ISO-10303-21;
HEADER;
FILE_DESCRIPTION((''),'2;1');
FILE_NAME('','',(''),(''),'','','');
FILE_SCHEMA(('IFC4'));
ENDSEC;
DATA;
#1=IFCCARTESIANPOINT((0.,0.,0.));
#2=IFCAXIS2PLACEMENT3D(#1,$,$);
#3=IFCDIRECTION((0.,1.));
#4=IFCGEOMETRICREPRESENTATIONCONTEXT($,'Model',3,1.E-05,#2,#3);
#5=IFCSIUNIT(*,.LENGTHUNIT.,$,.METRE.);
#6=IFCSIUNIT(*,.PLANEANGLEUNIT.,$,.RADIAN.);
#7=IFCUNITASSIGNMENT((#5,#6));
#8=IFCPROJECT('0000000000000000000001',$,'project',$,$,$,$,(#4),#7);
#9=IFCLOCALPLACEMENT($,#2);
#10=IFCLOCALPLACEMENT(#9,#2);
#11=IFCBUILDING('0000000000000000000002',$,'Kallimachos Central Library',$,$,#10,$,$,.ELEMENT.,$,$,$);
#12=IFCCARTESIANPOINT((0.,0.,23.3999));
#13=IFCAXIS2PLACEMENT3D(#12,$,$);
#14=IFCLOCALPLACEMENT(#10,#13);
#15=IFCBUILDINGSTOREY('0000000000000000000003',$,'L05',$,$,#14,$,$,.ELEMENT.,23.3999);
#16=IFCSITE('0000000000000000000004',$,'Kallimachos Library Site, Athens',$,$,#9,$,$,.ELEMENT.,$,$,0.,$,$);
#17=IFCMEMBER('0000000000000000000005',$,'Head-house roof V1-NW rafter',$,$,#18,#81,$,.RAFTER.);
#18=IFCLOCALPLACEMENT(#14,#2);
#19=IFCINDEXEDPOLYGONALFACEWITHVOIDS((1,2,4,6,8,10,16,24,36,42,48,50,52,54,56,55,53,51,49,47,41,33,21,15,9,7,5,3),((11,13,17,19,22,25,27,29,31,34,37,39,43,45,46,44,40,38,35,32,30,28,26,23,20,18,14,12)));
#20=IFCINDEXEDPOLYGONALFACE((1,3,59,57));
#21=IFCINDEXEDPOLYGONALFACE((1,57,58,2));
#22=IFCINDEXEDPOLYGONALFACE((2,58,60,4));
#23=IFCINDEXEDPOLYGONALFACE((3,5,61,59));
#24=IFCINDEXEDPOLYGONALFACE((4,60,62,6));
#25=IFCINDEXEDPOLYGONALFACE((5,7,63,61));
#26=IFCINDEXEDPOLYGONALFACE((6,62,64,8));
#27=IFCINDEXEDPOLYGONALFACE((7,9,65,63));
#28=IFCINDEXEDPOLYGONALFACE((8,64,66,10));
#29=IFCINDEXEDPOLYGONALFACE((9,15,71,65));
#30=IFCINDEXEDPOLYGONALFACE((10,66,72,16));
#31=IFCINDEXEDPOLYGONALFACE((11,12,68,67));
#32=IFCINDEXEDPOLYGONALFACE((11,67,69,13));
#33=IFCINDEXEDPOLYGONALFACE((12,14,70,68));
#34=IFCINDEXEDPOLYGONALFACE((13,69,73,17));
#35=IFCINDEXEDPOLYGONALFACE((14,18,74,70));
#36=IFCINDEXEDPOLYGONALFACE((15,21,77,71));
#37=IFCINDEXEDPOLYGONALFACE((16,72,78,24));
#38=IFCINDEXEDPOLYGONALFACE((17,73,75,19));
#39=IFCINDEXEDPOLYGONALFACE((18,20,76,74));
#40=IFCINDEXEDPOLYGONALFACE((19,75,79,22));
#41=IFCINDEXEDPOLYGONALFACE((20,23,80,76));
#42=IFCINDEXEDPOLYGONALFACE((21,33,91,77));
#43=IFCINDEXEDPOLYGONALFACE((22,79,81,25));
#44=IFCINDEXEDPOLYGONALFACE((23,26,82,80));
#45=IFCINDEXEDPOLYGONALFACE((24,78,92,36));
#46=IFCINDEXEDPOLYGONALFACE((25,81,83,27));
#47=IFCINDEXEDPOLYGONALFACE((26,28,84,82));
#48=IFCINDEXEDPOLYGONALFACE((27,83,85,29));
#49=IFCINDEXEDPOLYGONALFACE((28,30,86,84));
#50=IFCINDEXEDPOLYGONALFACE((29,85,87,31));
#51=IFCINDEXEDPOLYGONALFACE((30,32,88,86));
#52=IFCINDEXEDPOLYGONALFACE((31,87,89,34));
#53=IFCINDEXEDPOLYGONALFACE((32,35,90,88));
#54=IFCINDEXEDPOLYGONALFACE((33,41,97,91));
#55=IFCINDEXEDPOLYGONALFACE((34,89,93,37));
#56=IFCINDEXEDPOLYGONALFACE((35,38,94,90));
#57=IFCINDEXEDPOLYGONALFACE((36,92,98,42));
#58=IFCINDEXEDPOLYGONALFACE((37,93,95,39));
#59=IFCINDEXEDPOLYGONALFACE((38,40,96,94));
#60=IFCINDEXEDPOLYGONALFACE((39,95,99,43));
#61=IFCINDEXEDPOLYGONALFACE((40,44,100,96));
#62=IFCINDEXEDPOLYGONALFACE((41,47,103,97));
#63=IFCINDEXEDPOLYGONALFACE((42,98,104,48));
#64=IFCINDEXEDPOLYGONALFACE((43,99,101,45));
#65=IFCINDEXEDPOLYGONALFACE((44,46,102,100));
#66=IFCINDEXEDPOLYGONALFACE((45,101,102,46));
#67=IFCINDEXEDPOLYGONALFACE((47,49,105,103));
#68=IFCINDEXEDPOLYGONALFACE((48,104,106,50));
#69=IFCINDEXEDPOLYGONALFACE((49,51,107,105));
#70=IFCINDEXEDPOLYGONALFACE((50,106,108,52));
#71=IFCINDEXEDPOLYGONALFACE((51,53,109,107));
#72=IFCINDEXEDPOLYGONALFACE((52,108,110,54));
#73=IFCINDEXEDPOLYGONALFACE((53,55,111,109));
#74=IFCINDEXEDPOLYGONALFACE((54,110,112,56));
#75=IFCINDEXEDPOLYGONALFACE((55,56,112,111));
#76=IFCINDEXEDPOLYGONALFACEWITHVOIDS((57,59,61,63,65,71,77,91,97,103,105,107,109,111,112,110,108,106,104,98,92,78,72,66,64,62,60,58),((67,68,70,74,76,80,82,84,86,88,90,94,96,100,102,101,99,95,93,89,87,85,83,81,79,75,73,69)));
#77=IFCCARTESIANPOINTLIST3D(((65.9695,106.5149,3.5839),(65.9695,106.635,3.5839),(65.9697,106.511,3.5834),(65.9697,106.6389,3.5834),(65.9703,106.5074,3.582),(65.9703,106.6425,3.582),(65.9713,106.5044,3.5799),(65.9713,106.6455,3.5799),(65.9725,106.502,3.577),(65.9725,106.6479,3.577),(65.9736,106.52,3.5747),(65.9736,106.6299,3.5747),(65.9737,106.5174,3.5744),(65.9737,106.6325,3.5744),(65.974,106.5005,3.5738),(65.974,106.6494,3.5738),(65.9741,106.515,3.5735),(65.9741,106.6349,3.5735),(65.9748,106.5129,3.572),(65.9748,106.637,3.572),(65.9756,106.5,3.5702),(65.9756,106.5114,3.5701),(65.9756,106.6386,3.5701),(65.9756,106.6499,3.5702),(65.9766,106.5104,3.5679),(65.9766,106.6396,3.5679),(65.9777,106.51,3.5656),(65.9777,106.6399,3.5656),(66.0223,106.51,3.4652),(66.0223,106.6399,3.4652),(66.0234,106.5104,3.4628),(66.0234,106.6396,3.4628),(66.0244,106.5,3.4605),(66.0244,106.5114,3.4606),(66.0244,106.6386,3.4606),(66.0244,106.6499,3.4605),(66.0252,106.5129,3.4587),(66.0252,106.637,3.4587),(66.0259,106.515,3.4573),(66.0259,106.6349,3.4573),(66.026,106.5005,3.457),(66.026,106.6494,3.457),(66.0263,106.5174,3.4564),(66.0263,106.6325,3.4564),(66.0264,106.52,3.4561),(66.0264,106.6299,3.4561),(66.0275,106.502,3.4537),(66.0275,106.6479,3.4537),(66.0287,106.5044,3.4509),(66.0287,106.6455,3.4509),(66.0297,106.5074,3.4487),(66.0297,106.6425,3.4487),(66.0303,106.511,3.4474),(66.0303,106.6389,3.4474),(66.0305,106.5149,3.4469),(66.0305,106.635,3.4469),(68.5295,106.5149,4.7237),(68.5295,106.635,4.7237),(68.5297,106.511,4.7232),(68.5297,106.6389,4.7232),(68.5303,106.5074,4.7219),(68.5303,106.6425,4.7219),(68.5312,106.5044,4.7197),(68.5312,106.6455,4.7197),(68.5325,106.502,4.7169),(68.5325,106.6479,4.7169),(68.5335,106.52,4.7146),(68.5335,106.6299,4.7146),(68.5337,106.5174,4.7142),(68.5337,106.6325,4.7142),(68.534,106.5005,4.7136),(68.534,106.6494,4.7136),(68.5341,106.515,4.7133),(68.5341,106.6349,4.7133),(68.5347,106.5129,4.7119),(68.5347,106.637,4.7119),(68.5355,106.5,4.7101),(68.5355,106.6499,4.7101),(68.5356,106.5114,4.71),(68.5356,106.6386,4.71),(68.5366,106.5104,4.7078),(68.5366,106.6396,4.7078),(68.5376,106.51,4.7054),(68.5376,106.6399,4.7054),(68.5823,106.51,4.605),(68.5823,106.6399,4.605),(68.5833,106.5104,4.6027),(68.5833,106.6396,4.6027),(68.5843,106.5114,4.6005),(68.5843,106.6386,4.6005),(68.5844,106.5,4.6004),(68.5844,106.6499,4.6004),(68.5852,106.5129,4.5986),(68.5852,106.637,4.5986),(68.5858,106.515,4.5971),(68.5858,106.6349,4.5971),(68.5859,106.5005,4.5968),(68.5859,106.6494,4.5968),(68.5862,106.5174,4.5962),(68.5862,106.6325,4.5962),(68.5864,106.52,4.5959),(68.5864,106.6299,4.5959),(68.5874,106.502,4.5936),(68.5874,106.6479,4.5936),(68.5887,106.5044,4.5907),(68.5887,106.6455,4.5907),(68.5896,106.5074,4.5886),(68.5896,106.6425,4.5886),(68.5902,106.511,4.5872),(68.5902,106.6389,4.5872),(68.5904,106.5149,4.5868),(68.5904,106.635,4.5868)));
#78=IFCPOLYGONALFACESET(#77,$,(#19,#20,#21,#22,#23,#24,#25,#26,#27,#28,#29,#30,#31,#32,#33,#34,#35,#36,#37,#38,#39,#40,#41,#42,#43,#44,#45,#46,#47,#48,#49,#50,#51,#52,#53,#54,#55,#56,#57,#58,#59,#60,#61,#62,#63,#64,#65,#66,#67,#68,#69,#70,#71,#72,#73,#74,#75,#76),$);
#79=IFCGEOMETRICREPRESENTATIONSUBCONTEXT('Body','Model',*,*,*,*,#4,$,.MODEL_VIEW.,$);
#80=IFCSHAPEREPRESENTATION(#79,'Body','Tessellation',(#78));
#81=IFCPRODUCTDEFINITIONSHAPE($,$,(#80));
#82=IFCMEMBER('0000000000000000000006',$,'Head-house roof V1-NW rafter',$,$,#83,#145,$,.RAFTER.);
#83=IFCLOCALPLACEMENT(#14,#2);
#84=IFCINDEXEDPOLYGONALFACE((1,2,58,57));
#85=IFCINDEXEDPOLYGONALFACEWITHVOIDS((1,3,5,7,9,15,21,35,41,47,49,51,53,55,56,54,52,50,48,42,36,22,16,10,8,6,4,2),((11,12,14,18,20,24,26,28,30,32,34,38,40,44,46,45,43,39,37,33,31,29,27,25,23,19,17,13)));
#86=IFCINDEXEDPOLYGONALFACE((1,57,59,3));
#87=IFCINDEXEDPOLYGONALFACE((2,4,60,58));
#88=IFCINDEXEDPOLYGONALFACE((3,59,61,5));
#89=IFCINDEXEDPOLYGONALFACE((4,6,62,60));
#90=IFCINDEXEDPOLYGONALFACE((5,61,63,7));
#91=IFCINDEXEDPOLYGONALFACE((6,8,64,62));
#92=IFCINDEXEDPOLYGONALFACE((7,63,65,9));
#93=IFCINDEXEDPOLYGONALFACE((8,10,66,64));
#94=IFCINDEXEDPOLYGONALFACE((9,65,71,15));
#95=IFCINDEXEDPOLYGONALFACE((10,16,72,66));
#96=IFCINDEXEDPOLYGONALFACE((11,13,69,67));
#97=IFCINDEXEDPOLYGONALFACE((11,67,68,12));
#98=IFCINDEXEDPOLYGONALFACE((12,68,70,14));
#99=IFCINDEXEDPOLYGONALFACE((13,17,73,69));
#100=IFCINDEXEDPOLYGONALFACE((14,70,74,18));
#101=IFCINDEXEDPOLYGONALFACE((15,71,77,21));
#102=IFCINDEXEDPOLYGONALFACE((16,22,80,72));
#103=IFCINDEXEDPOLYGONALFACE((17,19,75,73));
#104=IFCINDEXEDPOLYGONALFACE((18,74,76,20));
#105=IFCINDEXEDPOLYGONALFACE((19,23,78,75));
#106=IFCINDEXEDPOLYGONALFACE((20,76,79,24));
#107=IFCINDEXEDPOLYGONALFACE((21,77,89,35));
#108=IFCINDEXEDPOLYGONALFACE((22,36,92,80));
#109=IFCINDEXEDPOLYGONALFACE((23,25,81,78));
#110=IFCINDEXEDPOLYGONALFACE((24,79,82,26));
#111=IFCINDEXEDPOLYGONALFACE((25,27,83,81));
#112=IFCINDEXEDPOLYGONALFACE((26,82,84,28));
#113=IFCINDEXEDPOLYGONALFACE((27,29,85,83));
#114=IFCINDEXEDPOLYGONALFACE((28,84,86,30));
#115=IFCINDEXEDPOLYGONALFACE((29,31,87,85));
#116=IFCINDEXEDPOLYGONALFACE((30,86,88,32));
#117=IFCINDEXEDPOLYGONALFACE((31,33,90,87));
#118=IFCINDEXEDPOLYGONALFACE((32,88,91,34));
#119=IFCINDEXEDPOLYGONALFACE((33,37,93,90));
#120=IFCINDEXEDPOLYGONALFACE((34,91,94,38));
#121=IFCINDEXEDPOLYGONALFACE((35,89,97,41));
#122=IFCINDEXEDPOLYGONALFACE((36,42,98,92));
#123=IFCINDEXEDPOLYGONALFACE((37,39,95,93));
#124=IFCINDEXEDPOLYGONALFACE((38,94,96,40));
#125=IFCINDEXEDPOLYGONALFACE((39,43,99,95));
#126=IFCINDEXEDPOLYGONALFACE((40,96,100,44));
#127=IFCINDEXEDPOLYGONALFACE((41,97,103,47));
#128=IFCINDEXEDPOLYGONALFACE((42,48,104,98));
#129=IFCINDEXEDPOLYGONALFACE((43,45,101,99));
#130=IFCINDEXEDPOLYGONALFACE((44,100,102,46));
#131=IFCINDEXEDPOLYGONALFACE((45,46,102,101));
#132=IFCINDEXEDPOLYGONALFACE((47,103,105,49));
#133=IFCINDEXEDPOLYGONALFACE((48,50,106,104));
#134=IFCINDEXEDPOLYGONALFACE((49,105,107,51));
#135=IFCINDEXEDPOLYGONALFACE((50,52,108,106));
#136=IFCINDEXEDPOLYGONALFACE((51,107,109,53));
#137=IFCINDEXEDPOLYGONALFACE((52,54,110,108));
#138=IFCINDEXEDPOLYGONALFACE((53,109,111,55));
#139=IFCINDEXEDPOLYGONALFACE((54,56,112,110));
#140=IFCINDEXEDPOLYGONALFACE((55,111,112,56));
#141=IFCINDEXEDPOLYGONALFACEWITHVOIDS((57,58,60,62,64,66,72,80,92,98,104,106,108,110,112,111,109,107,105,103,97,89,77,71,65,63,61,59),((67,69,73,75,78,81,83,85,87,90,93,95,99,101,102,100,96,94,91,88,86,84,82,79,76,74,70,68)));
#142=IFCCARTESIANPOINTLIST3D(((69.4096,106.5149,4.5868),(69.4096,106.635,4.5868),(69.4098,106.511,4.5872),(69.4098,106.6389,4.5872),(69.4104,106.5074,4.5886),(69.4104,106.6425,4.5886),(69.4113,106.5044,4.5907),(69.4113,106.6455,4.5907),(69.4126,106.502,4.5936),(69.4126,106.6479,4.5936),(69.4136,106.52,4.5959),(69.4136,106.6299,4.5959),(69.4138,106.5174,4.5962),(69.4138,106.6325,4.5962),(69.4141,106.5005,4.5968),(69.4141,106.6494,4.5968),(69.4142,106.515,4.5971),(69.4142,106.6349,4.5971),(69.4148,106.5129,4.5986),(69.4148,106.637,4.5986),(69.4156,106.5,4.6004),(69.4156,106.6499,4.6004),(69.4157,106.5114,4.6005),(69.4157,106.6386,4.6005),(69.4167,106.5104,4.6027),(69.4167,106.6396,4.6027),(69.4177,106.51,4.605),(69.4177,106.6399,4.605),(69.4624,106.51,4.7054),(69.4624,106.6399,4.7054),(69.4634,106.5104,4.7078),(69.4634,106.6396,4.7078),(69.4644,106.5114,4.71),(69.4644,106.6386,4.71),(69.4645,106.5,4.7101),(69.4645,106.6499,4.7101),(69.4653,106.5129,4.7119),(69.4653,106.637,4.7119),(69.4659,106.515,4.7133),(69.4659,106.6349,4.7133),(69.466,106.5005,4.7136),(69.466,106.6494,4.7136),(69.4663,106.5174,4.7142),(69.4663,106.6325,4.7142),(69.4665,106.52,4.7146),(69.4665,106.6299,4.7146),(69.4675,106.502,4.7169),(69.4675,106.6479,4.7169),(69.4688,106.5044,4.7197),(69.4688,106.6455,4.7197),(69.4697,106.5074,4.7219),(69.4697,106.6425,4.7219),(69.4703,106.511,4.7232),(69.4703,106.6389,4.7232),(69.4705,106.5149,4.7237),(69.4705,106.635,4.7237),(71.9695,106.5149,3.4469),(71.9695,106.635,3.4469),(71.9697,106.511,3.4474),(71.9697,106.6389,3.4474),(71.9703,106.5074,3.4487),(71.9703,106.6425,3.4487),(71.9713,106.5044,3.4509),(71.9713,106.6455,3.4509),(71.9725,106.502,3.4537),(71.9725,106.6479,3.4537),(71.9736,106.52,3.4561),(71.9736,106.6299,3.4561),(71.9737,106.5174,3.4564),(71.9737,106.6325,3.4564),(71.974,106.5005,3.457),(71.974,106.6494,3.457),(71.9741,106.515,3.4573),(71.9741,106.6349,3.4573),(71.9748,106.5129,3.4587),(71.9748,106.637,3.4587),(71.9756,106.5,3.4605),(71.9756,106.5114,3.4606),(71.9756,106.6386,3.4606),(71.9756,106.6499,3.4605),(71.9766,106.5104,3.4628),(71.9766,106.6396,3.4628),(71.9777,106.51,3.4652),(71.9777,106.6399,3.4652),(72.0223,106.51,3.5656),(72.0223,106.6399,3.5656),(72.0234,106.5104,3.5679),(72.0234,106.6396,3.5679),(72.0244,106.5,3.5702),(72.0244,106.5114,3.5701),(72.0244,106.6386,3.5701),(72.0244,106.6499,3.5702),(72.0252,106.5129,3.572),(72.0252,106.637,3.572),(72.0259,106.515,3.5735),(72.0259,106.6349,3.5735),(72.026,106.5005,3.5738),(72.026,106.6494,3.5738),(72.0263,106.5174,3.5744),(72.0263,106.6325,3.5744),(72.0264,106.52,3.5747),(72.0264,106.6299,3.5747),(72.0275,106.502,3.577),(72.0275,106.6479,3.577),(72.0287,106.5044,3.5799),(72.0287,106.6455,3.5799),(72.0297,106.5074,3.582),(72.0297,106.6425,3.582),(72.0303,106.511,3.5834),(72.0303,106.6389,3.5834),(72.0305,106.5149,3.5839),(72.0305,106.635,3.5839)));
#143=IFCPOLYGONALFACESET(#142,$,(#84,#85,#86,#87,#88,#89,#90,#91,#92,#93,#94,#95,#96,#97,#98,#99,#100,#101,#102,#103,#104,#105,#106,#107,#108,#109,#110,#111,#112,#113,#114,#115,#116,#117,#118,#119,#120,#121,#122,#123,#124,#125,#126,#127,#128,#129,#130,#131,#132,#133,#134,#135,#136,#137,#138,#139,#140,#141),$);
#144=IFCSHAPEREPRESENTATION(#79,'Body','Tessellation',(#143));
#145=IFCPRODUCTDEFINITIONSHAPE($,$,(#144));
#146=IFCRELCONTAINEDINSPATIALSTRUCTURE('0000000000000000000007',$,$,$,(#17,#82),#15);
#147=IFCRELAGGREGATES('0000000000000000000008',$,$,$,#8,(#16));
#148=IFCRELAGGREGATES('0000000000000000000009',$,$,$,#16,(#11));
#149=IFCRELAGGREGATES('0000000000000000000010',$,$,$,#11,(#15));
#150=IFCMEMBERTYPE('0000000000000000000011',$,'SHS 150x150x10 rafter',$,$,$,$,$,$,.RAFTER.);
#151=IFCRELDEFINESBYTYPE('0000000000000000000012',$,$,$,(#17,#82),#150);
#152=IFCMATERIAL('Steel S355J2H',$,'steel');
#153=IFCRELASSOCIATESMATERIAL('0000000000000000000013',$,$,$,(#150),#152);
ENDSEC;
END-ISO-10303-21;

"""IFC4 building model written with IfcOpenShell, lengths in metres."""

from ifc_helpers import new_model, si_unit, direction, frame, origin, origin_2d, place, context, subcontext, project, spatial, hollow_rectangle, extrude, material, material_profile, profile_set, type_object, element, save


model = new_model("IFC4")

# Units and contexts
model_context = context("Model", 3, precision=1e-05, world=origin(), true_north=direction((0.0, 1.0)))
body_context = subcontext(model_context, "Body", "Model", "MODEL_VIEW")
ifc_project = project(units=[si_unit("LENGTHUNIT", "METRE"), si_unit("PLANEANGLEUNIT", "RADIAN")], contexts=[model_context])

# Site, building, storey
site_placement = place(None, origin())
site = spatial("IfcSite", under=ifc_project, at=site_placement, Name="Kallimachos Library Site, Athens", CompositionType="ELEMENT", RefElevation=0.0)
building_placement = place(site_placement, origin())
building = spatial("IfcBuilding", under=site, at=building_placement, Name="Kallimachos Central Library", CompositionType="ELEMENT")
storey_placement = place(building_placement, frame((0.0, 0.0, 23.3999)))
storey = spatial("IfcBuildingStorey", under=building, at=storey_placement, Name="L05", CompositionType="ELEMENT", Elevation=23.3999)

# Members
ifc_material_1 = material(Name="Steel S355J2H", Category="steel")
ifc_material_profile_1 = material_profile(ifc_material_1, hollow_rectangle(XDim=0.1499, YDim=0.1499, WallThickness=0.01, InnerFilletRadius=0.01, OuterFilletRadius=0.0149, at=origin_2d()), Name="SHS 150x150x10")
ifc_profile_set_1 = profile_set([ifc_material_profile_1], Name="Steel S355J2H")
member_type_1 = type_object("IfcMemberType", Name="SHS 150x150x10 rafter", PredefinedType="RAFTER", material=ifc_profile_set_1)
for number, where, z_axis, x_axis, name in (
    (1, (66.0, 106.575, 3.5154), (0.913535, 0.0, 0.406761), (0.0, 1.0, 0.0), "Head-house roof V1-NW rafter"),
    (2, (72.0, 106.575, 3.5154), (-0.913535, 0.0, 0.406761), (0.0, -1.0, 0.0), "Head-house roof V1-NW rafter"),
):
    element("IfcMember", number, at=place(storey_placement, frame(where, z_axis=z_axis, x_axis=x_axis)), inside=storey, type_object=member_type_1, Name=name, PredefinedType="RAFTER", context=body_context, shape_type="SweptSolid", body=[
        extrude(hollow_rectangle(XDim=0.1499, YDim=0.1499, WallThickness=0.01, InnerFilletRadius=0.01, OuterFilletRadius=0.0149, at=origin_2d()), origin(), (0.0, 0.0, 1.0), 2.8022),
    ])

save(model, "model.ifc")
